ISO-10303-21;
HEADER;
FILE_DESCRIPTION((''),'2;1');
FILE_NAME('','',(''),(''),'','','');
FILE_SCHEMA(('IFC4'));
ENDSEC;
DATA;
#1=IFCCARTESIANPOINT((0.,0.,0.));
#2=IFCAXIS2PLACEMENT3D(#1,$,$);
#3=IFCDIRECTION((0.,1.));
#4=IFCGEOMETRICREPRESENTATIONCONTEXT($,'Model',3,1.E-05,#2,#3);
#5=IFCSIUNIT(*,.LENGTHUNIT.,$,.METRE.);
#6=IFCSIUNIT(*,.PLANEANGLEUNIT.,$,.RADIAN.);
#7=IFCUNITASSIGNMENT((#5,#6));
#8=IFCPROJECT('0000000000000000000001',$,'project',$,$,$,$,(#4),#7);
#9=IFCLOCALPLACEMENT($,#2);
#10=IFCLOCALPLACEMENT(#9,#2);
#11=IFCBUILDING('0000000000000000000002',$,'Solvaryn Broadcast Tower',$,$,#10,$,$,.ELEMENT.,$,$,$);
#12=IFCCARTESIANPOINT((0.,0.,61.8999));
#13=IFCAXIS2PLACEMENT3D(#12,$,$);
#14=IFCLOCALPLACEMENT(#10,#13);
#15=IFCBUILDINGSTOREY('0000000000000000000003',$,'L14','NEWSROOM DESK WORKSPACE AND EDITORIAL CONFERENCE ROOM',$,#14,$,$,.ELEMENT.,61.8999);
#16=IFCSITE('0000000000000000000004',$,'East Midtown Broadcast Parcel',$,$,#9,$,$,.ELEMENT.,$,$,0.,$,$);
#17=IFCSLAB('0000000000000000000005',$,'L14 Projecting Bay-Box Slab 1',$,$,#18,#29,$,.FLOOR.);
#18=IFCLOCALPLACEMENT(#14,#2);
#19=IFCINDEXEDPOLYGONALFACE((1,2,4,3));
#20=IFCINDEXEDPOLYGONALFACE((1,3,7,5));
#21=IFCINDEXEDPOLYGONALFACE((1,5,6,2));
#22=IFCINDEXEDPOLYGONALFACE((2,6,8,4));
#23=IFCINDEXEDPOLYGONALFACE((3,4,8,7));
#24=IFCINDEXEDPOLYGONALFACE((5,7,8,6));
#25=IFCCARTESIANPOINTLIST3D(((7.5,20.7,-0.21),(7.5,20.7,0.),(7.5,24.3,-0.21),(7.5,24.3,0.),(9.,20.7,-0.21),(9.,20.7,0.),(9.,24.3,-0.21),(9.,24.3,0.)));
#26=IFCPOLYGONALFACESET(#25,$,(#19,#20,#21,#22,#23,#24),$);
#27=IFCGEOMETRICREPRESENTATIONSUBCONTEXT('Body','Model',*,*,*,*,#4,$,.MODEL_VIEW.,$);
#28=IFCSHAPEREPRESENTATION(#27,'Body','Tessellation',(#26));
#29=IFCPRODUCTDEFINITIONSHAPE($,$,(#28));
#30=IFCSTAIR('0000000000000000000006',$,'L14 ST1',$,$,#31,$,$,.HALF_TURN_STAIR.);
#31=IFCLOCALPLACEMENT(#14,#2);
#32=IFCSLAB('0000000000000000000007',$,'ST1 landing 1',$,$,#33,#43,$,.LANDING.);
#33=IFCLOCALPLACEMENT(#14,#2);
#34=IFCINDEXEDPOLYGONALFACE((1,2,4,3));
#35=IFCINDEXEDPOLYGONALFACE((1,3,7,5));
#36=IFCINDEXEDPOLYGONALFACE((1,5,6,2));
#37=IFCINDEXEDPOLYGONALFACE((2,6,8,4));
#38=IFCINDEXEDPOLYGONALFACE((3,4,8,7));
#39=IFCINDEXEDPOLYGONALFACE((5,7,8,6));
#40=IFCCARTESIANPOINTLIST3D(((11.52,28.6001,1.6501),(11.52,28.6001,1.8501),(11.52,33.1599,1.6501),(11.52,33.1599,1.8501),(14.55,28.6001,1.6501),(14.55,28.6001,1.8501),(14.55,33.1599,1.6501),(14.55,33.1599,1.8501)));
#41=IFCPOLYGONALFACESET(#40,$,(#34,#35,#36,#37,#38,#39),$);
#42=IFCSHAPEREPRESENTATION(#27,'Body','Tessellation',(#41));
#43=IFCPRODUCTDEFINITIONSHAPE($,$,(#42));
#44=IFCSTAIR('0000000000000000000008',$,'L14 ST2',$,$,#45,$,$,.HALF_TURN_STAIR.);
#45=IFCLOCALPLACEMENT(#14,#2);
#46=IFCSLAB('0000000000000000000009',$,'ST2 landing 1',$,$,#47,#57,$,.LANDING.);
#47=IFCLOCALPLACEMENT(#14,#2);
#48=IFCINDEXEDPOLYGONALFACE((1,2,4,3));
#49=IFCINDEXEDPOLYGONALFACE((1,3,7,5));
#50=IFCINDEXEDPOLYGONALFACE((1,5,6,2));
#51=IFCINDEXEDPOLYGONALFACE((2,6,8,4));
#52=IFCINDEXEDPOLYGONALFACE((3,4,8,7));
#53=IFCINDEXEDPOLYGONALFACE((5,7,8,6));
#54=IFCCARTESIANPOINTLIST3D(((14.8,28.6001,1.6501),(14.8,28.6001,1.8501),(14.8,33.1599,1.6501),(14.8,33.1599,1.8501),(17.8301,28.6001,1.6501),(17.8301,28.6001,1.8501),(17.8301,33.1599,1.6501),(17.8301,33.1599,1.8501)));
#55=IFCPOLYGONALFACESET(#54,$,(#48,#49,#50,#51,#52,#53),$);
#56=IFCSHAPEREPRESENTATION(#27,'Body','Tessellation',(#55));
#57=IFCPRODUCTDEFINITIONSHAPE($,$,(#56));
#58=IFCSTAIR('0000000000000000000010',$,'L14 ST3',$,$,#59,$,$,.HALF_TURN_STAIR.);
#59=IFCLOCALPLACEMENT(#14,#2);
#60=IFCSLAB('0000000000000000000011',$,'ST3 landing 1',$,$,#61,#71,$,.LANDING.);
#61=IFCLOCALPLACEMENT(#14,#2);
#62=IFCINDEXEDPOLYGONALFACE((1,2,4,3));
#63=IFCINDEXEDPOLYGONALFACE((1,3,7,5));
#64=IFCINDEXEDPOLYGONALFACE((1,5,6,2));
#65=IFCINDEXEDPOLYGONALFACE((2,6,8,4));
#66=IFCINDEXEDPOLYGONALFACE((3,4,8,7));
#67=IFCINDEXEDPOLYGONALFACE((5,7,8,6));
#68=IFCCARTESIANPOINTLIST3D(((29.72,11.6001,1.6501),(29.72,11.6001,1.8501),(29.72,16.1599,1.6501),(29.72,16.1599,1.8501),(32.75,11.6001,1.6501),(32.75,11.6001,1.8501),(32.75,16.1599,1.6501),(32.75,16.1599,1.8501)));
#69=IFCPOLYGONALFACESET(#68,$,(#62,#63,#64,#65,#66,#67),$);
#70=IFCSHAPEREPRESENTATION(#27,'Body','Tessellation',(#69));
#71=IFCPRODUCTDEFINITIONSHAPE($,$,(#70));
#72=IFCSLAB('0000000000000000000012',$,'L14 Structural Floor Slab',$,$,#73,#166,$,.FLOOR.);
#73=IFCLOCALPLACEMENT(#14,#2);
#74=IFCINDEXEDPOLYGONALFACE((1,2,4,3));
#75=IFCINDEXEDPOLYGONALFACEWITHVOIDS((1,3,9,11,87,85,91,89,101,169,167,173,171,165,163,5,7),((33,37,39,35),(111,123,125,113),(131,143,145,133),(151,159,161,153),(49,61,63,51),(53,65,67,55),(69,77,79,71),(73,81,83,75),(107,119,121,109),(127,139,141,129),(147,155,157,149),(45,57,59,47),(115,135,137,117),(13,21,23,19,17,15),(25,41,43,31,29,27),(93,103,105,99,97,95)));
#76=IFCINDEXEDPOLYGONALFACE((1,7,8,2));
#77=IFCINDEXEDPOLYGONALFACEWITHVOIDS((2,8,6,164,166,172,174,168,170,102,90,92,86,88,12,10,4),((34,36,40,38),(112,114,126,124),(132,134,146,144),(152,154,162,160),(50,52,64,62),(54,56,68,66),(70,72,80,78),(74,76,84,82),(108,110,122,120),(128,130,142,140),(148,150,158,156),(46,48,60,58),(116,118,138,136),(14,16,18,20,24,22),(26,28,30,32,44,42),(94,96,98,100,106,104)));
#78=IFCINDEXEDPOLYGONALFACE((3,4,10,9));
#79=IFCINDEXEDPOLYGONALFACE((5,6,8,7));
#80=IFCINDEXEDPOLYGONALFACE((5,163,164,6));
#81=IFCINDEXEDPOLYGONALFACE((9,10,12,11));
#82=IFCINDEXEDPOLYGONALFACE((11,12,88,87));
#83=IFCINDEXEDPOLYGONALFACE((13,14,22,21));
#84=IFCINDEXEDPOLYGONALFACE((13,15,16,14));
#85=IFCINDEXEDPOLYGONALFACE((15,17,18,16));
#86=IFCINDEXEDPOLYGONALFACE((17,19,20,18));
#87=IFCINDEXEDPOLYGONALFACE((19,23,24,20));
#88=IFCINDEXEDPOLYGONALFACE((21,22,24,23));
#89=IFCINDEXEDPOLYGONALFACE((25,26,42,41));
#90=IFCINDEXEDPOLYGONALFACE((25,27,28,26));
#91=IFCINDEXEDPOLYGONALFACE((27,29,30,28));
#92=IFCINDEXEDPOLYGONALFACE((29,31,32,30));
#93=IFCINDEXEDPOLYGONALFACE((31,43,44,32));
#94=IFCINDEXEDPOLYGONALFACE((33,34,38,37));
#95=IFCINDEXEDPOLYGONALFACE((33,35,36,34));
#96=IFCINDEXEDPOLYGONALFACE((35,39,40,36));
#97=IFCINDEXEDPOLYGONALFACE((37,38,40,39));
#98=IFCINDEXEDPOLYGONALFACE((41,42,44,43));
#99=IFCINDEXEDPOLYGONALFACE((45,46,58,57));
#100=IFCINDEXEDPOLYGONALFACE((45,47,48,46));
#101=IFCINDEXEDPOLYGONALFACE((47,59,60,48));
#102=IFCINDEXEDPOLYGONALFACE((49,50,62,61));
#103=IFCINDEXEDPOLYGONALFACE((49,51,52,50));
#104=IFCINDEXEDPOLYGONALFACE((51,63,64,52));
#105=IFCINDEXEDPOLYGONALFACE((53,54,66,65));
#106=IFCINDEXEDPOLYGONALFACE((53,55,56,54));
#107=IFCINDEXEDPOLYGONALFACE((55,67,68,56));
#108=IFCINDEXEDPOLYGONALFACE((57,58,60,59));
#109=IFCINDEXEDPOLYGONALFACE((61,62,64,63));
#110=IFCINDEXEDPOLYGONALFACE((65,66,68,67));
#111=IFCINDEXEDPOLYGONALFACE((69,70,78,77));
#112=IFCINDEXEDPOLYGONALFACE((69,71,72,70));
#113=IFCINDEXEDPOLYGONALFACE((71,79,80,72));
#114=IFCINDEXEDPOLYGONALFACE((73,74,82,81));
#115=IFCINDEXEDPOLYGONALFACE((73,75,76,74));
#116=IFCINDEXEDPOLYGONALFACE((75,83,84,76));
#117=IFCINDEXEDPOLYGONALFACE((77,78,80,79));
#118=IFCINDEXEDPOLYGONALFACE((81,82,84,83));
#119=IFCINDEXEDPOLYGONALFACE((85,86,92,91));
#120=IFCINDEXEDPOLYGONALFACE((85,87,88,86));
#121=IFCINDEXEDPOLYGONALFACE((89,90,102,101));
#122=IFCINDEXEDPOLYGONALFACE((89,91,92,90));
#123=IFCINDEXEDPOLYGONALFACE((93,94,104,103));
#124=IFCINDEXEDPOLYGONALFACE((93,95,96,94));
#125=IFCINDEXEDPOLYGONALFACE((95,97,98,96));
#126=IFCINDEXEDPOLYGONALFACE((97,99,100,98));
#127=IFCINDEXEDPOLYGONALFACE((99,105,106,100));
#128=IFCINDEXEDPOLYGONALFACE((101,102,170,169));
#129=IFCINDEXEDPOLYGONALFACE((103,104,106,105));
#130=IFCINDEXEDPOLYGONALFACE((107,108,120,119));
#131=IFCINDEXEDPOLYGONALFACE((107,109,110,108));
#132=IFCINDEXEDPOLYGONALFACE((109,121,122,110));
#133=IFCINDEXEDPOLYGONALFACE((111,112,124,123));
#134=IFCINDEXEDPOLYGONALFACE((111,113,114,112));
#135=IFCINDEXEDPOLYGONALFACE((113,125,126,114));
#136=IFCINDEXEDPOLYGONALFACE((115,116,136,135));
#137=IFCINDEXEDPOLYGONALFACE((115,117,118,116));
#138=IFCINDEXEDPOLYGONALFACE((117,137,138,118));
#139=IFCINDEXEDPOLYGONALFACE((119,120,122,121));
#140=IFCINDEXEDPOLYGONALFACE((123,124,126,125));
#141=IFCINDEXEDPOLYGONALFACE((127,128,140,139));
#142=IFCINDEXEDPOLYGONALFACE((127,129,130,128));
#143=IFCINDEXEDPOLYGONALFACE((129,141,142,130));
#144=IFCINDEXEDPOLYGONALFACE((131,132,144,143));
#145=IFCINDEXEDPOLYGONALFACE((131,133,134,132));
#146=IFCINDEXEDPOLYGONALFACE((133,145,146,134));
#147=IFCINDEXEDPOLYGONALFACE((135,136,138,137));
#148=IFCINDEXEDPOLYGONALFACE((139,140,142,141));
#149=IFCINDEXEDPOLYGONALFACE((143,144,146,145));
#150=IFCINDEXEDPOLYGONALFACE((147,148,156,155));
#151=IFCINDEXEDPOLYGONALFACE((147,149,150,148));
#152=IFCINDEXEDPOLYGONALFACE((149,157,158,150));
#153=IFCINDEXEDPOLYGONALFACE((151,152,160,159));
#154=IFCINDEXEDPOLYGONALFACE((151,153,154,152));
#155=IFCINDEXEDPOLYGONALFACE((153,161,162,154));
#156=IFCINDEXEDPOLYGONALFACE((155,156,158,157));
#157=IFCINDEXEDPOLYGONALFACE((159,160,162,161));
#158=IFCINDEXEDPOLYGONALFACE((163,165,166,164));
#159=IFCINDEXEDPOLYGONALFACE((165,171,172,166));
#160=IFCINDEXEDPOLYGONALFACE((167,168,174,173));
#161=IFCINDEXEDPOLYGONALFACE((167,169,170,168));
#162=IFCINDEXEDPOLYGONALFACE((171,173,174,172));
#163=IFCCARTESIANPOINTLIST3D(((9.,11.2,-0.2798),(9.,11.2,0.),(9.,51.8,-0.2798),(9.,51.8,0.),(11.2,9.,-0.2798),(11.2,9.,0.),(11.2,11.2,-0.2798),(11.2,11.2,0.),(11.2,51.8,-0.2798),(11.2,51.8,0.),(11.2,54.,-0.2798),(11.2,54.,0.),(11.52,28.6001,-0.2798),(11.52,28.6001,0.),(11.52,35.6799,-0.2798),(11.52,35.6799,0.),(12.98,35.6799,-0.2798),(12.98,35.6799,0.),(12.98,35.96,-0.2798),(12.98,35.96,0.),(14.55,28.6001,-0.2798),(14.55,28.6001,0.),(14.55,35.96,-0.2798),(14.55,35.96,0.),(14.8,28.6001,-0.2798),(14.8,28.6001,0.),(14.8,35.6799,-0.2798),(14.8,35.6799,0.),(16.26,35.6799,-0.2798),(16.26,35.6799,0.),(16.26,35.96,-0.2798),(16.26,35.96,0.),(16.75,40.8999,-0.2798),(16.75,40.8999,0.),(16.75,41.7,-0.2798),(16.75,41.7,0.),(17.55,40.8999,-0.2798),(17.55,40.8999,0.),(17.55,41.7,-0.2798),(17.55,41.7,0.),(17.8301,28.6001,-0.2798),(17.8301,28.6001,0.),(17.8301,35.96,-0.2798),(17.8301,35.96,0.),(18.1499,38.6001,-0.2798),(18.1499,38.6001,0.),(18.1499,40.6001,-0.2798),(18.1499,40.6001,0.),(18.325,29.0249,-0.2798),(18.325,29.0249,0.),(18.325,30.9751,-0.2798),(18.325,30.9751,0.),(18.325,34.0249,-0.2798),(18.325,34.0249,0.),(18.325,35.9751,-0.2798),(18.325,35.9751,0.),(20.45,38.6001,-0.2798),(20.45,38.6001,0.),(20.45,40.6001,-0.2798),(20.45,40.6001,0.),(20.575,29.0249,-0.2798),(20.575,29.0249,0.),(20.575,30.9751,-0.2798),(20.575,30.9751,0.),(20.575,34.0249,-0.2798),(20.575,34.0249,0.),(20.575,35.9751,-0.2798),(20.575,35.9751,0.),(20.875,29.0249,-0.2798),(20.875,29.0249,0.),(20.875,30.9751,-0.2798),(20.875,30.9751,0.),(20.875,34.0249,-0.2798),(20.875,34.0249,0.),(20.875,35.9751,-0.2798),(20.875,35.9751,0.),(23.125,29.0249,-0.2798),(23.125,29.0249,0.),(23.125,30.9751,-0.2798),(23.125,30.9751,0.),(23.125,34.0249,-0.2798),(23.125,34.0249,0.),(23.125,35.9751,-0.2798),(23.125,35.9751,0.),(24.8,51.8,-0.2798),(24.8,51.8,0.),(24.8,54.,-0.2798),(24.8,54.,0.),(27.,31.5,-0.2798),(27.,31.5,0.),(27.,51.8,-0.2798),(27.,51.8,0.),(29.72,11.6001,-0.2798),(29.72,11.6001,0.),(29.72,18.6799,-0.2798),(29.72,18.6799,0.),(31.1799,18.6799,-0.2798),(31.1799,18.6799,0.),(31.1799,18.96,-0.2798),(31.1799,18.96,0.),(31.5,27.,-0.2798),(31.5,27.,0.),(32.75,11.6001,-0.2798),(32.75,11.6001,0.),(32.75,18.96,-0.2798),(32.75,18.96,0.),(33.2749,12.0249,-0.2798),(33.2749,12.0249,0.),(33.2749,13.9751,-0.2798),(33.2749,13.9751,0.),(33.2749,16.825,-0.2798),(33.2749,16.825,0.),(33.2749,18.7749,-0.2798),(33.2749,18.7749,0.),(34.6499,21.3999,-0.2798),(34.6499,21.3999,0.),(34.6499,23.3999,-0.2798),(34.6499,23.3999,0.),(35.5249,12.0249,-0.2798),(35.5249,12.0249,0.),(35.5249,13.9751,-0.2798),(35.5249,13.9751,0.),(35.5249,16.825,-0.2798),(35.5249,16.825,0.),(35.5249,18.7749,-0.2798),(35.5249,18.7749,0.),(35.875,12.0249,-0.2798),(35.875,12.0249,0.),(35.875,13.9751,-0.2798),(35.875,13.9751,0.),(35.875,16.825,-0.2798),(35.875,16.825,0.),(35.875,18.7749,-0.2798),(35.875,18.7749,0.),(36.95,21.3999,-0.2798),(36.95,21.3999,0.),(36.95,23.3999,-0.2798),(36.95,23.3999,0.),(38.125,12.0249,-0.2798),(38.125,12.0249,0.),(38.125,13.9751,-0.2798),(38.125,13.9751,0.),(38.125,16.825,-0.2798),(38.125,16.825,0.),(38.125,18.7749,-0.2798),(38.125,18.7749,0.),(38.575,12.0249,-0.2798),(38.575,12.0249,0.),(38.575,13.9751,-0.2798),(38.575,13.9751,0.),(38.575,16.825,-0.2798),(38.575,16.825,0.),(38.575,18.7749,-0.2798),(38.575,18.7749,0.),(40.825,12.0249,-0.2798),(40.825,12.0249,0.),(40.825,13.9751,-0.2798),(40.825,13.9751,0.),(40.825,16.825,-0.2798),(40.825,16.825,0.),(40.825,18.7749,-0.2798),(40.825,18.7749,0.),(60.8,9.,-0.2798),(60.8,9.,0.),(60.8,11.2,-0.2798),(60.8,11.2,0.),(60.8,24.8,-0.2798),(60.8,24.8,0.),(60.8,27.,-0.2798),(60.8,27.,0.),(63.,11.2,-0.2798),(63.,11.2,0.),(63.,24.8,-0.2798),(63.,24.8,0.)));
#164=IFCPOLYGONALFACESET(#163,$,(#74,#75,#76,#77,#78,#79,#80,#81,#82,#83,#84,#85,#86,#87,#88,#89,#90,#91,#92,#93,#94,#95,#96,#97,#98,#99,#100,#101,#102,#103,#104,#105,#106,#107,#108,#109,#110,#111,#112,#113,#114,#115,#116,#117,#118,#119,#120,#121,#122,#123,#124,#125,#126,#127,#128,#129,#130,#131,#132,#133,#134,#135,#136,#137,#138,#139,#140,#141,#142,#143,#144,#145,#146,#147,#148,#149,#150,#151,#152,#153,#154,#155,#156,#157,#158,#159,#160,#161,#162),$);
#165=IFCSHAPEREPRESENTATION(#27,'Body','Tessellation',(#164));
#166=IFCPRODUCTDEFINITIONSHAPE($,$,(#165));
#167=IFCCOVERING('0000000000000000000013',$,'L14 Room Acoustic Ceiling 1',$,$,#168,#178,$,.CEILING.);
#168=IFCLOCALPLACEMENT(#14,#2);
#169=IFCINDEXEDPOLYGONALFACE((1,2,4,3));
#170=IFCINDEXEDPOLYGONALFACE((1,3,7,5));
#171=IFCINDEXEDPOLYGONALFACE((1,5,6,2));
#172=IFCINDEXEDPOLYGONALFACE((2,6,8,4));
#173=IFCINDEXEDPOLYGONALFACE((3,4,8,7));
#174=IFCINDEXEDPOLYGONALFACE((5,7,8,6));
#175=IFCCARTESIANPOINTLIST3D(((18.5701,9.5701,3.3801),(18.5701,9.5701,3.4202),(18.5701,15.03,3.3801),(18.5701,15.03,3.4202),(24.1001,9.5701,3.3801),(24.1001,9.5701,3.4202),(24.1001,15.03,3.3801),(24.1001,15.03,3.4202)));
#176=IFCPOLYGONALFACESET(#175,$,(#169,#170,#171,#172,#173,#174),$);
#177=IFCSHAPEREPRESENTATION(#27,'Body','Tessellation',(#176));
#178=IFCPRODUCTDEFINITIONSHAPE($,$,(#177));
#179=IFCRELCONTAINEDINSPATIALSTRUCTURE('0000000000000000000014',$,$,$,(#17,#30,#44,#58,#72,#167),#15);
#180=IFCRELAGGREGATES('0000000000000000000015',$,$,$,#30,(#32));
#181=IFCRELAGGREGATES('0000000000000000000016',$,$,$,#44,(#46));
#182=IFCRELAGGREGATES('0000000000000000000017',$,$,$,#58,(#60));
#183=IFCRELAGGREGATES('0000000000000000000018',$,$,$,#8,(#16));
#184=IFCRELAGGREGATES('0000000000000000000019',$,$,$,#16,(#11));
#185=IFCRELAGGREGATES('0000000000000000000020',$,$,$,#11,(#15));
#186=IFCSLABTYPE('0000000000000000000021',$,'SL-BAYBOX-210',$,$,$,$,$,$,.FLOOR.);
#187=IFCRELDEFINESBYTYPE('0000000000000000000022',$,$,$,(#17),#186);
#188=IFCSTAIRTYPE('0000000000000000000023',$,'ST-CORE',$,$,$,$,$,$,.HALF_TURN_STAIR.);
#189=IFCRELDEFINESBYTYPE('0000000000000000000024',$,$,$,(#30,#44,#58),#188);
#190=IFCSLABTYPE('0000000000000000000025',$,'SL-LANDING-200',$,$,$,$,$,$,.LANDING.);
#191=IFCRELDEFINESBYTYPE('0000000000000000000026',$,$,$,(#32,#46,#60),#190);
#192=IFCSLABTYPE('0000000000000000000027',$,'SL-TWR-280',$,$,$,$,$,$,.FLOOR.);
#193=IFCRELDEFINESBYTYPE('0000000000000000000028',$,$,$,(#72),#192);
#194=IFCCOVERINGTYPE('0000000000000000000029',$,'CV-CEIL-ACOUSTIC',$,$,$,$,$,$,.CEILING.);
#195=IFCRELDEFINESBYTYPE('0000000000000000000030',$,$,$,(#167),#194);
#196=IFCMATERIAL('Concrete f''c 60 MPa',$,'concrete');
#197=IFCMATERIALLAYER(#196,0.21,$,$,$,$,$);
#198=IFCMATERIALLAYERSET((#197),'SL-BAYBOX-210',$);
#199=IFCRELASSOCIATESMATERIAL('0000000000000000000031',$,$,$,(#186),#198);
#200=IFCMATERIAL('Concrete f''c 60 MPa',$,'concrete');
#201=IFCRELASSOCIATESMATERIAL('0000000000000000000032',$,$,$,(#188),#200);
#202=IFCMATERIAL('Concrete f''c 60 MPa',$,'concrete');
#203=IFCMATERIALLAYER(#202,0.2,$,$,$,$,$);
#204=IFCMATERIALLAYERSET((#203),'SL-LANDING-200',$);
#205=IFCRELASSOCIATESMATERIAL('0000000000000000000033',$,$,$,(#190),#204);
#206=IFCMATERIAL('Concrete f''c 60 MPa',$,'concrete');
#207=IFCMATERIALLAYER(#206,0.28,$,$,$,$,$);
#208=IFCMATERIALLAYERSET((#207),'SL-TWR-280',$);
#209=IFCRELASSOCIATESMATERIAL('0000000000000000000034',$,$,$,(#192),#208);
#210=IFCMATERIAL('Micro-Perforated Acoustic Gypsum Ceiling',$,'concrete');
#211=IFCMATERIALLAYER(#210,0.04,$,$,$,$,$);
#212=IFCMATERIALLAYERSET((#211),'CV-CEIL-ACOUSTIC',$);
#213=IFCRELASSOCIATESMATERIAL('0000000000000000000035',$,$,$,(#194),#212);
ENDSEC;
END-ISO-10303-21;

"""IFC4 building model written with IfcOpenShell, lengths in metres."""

from ifc_helpers import new_model, si_unit, direction, frame, origin, place, context, subcontext, project, spatial, polyline, outline, extrude, material, layer, layer_set, type_object, element, aggregate, save


model = new_model("IFC4")

# Units and contexts
model_context = context("Model", 3, precision=1e-05, world=origin(), true_north=direction((0.0, 1.0)))
body_context = subcontext(model_context, "Body", "Model", "MODEL_VIEW")
ifc_project = project(units=[si_unit("LENGTHUNIT", "METRE"), si_unit("PLANEANGLEUNIT", "RADIAN")], contexts=[model_context])

# Site, building, storey
site_placement = place(None, origin())
site = spatial("IfcSite", under=ifc_project, at=site_placement, Name="East Midtown Broadcast Parcel", CompositionType="ELEMENT", RefElevation=0.0)
building_placement = place(site_placement, origin())
building = spatial("IfcBuilding", under=site, at=building_placement, Name="Solvaryn Broadcast Tower", CompositionType="ELEMENT")
storey_placement = place(building_placement, frame((0.0, 0.0, 61.8999)))
storey = spatial("IfcBuildingStorey", under=building, at=storey_placement, Name="L14", Description="NEWSROOM DESK WORKSPACE AND EDITORIAL CONFERENCE ROOM", CompositionType="ELEMENT", Elevation=61.8999)

# Slab
ifc_material_1 = material(Name="Concrete f'c 60 MPa", Category="concrete")
ifc_layer_1 = layer(ifc_material_1, 0.21)
ifc_layer_set_1 = layer_set([ifc_layer_1], Name="SL-BAYBOX-210")
slab_type_1 = type_object("IfcSlabType", Name="SL-BAYBOX-210", PredefinedType="FLOOR", material=ifc_layer_set_1)
slab_1_placement = place(storey_placement, frame((0.0, 0.0, -0.21)))
element("IfcSlab", 1, at=slab_1_placement, inside=storey, type_object=slab_type_1, Name="L14 Projecting Bay-Box Slab 1", PredefinedType="FLOOR", context=body_context, shape_type="SweptSolid", body=[
    extrude(outline(polyline([(7.5, 20.7), (9.0, 20.7), (9.0, 24.3), (7.5, 24.3), (7.5, 20.7)])), origin(), (0.0, 0.0, 1.0), 0.21),
])

# Stairs, slabs
ifc_material_2 = material(Name="Concrete f'c 60 MPa", Category="concrete")
stair_type = type_object("IfcStairType", Name="ST-CORE", PredefinedType="HALF_TURN_STAIR", material=ifc_material_2)
stair_1_placement = place(storey_placement, origin())
stair_1 = element("IfcStair", 2, at=stair_1_placement, inside=storey, type_object=stair_type, Name="L14 ST1", PredefinedType="HALF_TURN_STAIR")
ifc_material_3 = material(Name="Concrete f'c 60 MPa", Category="concrete")
ifc_layer_2 = layer(ifc_material_3, 0.2)
ifc_layer_set_2 = layer_set([ifc_layer_2], Name="SL-LANDING-200")
slab_type_2 = type_object("IfcSlabType", Name="SL-LANDING-200", PredefinedType="LANDING", material=ifc_layer_set_2)
slab_2_placement = place(storey_placement, frame((0.0, 0.0, 1.6501)))
slab_2 = element("IfcSlab", 3, at=slab_2_placement, type_object=slab_type_2, Name="ST1 landing 1", PredefinedType="LANDING", context=body_context, shape_type="SweptSolid", body=[
    extrude(outline(polyline([(11.52, 33.1599), (11.52, 28.6001), (14.55, 28.6001), (14.55, 33.1599), (11.52, 33.1599)])), origin(), (0.0, 0.0, 1.0), 0.2),
])
aggregate(stair_1, [slab_2])
stair_2_placement = place(storey_placement, origin())
stair_2 = element("IfcStair", 4, at=stair_2_placement, inside=storey, type_object=stair_type, Name="L14 ST2", PredefinedType="HALF_TURN_STAIR")
slab_3_placement = place(storey_placement, frame((0.0, 0.0, 1.6501)))
slab_3 = element("IfcSlab", 5, at=slab_3_placement, type_object=slab_type_2, Name="ST2 landing 1", PredefinedType="LANDING", context=body_context, shape_type="SweptSolid", body=[
    extrude(outline(polyline([(14.8, 33.1599), (14.8, 28.6001), (17.8301, 28.6001), (17.8301, 33.1599), (14.8, 33.1599)])), origin(), (0.0, 0.0, 1.0), 0.2),
])
aggregate(stair_2, [slab_3])
stair_3_placement = place(storey_placement, origin())
stair_3 = element("IfcStair", 6, at=stair_3_placement, inside=storey, type_object=stair_type, Name="L14 ST3", PredefinedType="HALF_TURN_STAIR")
slab_4_placement = place(storey_placement, frame((0.0, 0.0, 1.6501)))
slab_4 = element("IfcSlab", 7, at=slab_4_placement, type_object=slab_type_2, Name="ST3 landing 1", PredefinedType="LANDING", context=body_context, shape_type="SweptSolid", body=[
    extrude(outline(polyline([(29.72, 16.1599), (29.72, 11.6001), (32.75, 11.6001), (32.75, 16.1599), (29.72, 16.1599)])), origin(), (0.0, 0.0, 1.0), 0.2),
])
aggregate(stair_3, [slab_4])

# Slab
ifc_material_4 = material(Name="Concrete f'c 60 MPa", Category="concrete")
ifc_layer_3 = layer(ifc_material_4, 0.28)
ifc_layer_set_3 = layer_set([ifc_layer_3], Name="SL-TWR-280")
slab_type_3 = type_object("IfcSlabType", Name="SL-TWR-280", PredefinedType="FLOOR", material=ifc_layer_set_3)
slab_5_placement = place(storey_placement, frame((0.0, 0.0, -0.2798)))
element("IfcSlab", 8, at=slab_5_placement, inside=storey, type_object=slab_type_3, Name="L14 Structural Floor Slab", PredefinedType="FLOOR", context=body_context, shape_type="SweptSolid", body=[
    extrude(outline(polyline([(11.2, 9.0), (60.8, 9.0), (60.8, 11.2), (63.0, 11.2), (63.0, 24.8), (60.8, 24.8), (60.8, 27.0), (31.5, 27.0), (27.0, 31.5), (27.0, 51.8), (24.8, 51.8), (24.8, 54.0), (11.2, 54.0), (11.2, 51.8), (9.0, 51.8), (9.0, 11.2), (11.2, 11.2), (11.2, 9.0)]), holes=[polyline([(11.52, 28.6001), (14.55, 28.6001), (14.55, 35.96), (12.98, 35.96), (12.98, 35.6799), (11.52, 35.6799), (11.52, 28.6001)]), polyline([(14.8, 28.6001), (17.8301, 28.6001), (17.8301, 35.96), (16.26, 35.96), (16.26, 35.6799), (14.8, 35.6799), (14.8, 28.6001)]), polyline([(29.72, 11.6001), (32.75, 11.6001), (32.75, 18.96), (31.1799, 18.96), (31.1799, 18.6799), (29.72, 18.6799), (29.72, 11.6001)]), polyline([(18.1499, 38.6001), (20.45, 38.6001), (20.45, 40.6001), (18.1499, 40.6001), (18.1499, 38.6001)]), polyline([(18.325, 29.0249), (20.575, 29.0249), (20.575, 30.9751), (18.325, 30.9751), (18.325, 29.0249)]), polyline([(20.875, 29.0249), (23.125, 29.0249), (23.125, 30.9751), (20.875, 30.9751), (20.875, 29.0249)]), polyline([(18.325, 34.0249), (20.575, 34.0249), (20.575, 35.9751), (18.325, 35.9751), (18.325, 34.0249)]), polyline([(20.875, 34.0249), (23.125, 34.0249), (23.125, 35.9751), (20.875, 35.9751), (20.875, 34.0249)]), polyline([(34.6499, 21.3999), (36.95, 21.3999), (36.95, 23.3999), (34.6499, 23.3999), (34.6499, 21.3999)]), polyline([(33.2749, 12.0249), (35.5249, 12.0249), (35.5249, 13.9751), (33.2749, 13.9751), (33.2749, 12.0249)]), polyline([(35.875, 12.0249), (38.125, 12.0249), (38.125, 13.9751), (35.875, 13.9751), (35.875, 12.0249)]), polyline([(33.2749, 16.825), (35.5249, 16.825), (35.5249, 18.7749), (33.2749, 18.7749), (33.2749, 16.825)]), polyline([(35.875, 16.825), (38.125, 16.825), (38.125, 18.7749), (35.875, 18.7749), (35.875, 16.825)]), polyline([(38.575, 12.0249), (40.825, 12.0249), (40.825, 13.9751), (38.575, 13.9751), (38.575, 12.0249)]), polyline([(38.575, 16.825), (40.825, 16.825), (40.825, 18.7749), (38.575, 18.7749), (38.575, 16.825)]), polyline([(16.75, 40.8999), (17.55, 40.8999), (17.55, 41.7), (16.75, 41.7), (16.75, 40.8999)])]), origin(), (0.0, 0.0, 1.0), 0.2798),
])

# Covering
ifc_material_5 = material(Name="Micro-Perforated Acoustic Gypsum Ceiling", Category="concrete")
ifc_layer_4 = layer(ifc_material_5, 0.04)
ifc_layer_set_4 = layer_set([ifc_layer_4], Name="CV-CEIL-ACOUSTIC")
covering_type_1 = type_object("IfcCoveringType", Name="CV-CEIL-ACOUSTIC", PredefinedType="CEILING", material=ifc_layer_set_4)
covering_1_placement = place(storey_placement, frame((0.0, 0.0, 3.3801)))
element("IfcCovering", 9, at=covering_1_placement, inside=storey, type_object=covering_type_1, Name="L14 Room Acoustic Ceiling 1", PredefinedType="CEILING", context=body_context, shape_type="SweptSolid", body=[
    extrude(outline(polyline([(18.5701, 9.5701), (24.1001, 9.5701), (24.1001, 15.03), (18.5701, 15.03), (18.5701, 9.5701)])), origin(), (0.0, 0.0, 1.0), 0.04),
])

save(model, "model.ifc")
